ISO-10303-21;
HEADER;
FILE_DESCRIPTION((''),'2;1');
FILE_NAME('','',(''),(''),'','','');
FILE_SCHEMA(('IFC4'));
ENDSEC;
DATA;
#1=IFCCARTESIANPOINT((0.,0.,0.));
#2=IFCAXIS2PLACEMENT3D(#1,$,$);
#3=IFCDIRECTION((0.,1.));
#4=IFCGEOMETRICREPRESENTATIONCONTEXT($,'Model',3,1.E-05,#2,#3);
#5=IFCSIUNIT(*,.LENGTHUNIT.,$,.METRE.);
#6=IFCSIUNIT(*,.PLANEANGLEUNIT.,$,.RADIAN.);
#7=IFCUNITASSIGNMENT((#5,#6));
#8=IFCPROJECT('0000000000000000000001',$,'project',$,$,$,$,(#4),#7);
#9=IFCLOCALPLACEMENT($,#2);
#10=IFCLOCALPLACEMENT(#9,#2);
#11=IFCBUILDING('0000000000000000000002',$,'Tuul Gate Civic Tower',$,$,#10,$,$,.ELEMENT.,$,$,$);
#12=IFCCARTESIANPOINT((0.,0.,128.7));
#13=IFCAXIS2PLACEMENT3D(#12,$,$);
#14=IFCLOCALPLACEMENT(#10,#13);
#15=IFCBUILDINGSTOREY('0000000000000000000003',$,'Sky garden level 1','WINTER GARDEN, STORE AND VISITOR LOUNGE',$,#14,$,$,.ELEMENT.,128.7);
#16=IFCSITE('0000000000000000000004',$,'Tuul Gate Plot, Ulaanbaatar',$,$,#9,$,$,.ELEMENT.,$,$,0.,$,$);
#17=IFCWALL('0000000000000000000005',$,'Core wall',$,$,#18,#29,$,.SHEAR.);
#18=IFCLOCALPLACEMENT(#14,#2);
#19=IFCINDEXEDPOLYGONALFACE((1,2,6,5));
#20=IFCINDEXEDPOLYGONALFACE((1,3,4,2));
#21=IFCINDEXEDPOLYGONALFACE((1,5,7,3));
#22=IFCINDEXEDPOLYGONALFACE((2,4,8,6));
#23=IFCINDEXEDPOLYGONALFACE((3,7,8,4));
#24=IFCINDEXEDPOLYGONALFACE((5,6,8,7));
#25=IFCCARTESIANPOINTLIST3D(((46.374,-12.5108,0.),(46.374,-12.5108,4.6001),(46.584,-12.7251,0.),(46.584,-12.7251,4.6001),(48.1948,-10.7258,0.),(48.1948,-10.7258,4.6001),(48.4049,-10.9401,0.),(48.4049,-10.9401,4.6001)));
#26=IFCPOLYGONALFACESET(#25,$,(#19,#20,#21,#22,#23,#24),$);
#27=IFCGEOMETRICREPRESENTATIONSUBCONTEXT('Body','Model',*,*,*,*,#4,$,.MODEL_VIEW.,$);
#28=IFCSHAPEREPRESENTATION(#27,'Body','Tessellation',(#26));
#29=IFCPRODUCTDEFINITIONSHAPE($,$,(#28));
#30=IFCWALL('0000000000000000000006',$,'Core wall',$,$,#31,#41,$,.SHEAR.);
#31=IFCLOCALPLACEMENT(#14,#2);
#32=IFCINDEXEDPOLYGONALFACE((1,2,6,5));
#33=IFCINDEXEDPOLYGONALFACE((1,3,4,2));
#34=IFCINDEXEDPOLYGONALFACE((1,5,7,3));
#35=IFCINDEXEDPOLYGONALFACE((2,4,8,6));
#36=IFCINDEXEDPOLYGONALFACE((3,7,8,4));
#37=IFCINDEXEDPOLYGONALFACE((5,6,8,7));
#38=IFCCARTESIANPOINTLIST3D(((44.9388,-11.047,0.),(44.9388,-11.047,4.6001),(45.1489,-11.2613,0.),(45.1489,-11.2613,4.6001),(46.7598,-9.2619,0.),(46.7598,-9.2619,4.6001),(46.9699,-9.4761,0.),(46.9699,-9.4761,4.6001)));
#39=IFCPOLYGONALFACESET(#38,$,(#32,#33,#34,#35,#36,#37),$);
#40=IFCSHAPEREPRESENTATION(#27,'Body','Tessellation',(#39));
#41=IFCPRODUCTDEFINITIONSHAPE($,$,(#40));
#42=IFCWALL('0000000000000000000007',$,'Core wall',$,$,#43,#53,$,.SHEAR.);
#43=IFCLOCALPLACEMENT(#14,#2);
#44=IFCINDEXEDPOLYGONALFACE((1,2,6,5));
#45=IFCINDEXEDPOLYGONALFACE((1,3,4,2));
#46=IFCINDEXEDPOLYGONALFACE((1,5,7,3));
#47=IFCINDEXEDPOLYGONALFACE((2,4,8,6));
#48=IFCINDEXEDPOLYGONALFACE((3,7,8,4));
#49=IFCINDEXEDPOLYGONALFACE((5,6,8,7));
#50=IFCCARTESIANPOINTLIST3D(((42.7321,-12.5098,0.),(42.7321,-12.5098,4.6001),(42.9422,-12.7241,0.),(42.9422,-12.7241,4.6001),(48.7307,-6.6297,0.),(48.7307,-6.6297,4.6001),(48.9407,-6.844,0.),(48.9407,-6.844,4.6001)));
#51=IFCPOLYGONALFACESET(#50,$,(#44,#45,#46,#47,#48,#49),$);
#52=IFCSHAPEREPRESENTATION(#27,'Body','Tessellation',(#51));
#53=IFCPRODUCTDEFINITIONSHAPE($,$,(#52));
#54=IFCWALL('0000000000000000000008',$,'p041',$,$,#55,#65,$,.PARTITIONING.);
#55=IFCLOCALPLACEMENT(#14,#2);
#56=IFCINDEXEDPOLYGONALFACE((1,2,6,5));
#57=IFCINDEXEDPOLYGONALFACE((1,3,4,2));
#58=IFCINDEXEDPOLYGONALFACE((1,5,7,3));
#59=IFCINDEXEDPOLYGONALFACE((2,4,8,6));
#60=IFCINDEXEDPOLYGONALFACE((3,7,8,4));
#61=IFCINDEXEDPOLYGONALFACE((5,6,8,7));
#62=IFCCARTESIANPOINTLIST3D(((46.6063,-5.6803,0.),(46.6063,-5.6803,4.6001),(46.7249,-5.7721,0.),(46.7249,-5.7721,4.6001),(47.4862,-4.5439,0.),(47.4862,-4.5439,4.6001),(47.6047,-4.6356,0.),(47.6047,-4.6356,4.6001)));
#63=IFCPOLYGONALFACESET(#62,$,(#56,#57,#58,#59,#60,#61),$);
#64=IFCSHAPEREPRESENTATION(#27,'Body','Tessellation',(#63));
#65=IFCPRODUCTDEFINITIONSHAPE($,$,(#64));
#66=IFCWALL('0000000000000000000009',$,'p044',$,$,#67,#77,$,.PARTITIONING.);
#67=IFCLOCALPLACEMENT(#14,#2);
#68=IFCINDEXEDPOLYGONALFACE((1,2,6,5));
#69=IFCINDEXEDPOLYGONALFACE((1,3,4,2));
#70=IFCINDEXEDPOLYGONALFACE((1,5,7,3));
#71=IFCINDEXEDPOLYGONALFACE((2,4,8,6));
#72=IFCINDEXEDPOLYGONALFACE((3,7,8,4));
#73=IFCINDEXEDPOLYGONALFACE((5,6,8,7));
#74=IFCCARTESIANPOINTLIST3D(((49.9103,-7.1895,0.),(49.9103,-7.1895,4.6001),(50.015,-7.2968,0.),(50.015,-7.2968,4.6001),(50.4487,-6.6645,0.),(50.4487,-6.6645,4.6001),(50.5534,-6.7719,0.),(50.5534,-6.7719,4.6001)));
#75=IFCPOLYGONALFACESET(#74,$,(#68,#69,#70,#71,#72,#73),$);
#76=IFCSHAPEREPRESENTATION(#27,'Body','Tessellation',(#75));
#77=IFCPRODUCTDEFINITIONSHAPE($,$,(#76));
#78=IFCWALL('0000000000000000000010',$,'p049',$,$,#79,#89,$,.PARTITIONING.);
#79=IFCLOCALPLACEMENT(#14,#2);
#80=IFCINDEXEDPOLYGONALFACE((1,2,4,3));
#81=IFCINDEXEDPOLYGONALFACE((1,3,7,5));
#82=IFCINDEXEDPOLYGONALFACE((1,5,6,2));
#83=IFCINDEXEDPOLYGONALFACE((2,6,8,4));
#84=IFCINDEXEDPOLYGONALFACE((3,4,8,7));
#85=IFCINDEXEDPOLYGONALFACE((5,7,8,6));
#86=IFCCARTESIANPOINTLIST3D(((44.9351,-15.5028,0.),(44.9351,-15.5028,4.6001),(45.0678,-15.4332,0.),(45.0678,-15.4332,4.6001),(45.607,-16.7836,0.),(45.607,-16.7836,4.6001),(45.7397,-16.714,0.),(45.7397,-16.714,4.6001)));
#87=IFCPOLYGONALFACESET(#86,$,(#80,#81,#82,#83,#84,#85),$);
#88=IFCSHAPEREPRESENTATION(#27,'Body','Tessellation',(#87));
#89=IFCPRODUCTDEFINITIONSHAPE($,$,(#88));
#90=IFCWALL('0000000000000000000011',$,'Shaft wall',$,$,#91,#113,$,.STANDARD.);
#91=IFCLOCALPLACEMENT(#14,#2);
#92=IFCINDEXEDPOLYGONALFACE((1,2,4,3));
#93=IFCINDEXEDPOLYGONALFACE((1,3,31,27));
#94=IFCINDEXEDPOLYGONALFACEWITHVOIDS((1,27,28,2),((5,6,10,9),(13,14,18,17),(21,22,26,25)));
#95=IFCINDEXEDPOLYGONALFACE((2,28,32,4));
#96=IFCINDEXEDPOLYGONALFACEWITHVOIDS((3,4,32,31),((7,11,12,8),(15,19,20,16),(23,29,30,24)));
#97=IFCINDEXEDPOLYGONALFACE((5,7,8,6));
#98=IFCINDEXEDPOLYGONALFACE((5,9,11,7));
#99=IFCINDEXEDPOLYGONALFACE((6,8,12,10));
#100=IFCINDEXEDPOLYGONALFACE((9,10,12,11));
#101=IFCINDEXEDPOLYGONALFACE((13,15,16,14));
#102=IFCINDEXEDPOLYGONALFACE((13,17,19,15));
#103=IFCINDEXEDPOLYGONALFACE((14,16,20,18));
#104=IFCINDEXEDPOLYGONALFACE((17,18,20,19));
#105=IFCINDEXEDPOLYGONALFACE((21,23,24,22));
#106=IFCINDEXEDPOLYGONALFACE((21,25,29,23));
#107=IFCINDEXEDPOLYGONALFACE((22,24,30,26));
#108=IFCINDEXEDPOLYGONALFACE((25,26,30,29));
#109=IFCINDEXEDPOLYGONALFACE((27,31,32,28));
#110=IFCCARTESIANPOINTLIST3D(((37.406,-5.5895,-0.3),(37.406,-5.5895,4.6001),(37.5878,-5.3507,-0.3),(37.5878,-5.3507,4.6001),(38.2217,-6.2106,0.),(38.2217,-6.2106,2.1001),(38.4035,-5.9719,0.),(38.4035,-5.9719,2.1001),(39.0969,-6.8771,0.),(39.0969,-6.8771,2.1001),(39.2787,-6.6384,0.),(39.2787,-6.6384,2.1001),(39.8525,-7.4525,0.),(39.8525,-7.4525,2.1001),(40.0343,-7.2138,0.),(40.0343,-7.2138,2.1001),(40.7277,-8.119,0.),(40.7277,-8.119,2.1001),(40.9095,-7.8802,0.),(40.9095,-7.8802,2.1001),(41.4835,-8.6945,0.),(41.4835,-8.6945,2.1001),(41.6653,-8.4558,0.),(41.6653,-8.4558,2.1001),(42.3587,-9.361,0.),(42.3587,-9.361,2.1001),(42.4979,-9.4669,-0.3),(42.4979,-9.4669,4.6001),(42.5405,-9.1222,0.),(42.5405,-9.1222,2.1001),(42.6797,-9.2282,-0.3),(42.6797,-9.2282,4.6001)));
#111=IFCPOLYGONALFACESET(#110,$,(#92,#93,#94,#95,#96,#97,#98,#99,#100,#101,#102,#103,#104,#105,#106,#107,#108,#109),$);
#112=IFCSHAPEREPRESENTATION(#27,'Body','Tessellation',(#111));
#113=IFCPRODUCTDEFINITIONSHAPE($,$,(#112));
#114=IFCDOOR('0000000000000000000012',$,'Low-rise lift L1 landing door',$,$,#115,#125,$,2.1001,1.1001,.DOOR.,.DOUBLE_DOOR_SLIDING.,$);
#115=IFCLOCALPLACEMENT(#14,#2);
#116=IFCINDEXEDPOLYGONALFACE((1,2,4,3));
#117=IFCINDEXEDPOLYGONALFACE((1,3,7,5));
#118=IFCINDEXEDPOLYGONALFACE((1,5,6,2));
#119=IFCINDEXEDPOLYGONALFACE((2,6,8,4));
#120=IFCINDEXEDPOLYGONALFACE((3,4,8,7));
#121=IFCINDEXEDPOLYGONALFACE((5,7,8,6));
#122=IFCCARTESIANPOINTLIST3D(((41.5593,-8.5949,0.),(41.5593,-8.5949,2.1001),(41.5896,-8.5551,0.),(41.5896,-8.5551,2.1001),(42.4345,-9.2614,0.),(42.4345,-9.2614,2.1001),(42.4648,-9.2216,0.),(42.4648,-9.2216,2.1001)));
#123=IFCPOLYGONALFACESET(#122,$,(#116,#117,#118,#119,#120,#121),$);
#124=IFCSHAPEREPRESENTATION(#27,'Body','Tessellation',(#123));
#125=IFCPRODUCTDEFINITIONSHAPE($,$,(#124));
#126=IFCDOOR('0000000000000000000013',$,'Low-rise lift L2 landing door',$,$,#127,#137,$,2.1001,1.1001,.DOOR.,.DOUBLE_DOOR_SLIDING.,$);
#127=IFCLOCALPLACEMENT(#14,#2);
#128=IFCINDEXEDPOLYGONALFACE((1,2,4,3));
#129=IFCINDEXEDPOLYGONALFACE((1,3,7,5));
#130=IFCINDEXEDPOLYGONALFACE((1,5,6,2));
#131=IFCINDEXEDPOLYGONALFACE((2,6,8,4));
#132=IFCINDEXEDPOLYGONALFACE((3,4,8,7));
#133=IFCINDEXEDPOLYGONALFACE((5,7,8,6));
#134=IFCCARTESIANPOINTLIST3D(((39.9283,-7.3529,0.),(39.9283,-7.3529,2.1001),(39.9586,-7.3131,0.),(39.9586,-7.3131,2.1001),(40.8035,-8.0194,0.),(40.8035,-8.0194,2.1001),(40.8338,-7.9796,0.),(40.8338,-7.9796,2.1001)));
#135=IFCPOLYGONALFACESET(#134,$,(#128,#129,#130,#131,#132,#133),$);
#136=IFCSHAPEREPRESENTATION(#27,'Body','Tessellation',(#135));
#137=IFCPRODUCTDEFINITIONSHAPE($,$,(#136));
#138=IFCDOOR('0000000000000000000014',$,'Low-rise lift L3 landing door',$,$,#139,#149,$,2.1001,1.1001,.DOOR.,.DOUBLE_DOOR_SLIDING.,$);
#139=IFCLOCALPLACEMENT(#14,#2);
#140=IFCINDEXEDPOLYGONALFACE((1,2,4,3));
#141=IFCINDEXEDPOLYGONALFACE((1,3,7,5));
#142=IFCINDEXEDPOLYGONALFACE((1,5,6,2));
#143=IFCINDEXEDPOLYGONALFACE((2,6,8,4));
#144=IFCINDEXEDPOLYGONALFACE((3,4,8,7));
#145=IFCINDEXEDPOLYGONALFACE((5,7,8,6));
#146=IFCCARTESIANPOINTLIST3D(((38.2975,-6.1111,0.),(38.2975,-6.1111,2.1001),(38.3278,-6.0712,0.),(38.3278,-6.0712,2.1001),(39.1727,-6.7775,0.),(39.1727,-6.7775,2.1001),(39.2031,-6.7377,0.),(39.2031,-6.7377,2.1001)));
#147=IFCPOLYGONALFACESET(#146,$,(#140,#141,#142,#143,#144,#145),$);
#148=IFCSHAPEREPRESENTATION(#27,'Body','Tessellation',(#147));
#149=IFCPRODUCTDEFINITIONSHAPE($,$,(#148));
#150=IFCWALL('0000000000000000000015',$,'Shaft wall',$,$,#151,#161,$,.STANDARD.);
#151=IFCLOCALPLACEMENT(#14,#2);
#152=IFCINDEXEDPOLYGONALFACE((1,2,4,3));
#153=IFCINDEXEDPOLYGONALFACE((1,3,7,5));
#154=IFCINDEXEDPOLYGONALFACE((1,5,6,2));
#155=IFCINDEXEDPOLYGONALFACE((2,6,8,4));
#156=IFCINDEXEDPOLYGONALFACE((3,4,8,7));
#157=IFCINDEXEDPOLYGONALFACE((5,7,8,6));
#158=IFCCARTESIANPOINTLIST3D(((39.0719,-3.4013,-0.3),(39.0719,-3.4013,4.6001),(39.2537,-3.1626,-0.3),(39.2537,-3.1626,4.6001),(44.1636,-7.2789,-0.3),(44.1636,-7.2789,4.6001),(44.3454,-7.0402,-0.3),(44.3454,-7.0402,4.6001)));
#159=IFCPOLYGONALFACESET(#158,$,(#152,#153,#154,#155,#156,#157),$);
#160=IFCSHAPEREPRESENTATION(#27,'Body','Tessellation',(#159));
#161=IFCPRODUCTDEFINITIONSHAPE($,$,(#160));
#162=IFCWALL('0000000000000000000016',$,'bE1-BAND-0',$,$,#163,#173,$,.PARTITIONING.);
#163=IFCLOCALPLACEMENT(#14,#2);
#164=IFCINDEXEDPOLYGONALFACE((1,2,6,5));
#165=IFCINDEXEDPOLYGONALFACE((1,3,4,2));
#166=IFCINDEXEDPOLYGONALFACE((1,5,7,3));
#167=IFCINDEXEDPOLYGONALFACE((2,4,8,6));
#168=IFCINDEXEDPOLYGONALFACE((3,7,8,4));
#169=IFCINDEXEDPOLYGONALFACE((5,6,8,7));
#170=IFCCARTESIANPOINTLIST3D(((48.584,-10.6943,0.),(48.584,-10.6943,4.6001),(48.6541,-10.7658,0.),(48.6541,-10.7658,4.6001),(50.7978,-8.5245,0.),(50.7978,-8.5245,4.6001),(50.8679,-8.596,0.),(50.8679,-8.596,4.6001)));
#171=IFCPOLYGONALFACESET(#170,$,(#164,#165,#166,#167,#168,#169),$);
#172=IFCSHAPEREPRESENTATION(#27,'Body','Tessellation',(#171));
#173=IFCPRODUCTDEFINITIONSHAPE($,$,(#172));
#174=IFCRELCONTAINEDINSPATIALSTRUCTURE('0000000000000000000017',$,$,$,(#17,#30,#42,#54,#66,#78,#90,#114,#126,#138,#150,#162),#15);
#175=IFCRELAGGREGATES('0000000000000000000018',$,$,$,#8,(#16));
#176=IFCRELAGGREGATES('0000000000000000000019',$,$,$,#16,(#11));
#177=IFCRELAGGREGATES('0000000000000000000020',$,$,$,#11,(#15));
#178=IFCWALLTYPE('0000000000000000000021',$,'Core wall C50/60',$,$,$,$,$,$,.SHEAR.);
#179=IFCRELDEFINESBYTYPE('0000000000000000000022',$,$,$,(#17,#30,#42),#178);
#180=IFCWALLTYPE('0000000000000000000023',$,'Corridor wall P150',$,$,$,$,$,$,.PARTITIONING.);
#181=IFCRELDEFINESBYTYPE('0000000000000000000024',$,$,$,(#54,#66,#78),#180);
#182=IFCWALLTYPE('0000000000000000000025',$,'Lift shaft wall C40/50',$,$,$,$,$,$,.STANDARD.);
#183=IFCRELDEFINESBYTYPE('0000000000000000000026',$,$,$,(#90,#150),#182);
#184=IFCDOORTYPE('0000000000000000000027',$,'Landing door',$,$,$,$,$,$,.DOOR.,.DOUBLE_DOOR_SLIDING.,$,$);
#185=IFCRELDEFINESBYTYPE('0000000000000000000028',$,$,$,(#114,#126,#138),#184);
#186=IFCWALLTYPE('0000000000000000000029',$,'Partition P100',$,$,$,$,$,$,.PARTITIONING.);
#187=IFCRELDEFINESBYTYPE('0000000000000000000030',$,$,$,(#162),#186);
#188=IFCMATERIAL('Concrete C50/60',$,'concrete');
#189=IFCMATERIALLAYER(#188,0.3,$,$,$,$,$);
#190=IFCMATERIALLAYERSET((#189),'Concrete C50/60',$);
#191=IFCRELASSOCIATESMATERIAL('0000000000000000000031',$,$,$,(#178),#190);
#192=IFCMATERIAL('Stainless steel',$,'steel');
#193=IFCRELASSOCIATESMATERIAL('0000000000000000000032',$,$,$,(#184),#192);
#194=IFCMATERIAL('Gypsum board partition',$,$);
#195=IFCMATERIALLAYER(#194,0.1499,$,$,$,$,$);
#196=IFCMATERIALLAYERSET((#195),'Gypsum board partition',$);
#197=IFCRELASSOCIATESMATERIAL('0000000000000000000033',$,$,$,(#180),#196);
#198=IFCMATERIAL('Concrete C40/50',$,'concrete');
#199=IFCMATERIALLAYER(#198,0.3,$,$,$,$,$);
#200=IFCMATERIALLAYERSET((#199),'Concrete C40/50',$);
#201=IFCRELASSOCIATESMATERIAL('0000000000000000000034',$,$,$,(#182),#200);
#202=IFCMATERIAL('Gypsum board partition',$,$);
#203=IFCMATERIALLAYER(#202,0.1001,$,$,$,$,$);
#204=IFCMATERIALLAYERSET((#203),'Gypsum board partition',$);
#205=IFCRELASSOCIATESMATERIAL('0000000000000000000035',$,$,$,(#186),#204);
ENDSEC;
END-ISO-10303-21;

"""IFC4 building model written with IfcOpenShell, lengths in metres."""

from ifc_helpers import new_model, si_unit, direction, frame, frame_2d, origin, place, context, subcontext, project, spatial, rectangle, extrude, material, layer, layer_set, type_object, element, fill, save


model = new_model("IFC4")

# Units and contexts
model_context = context("Model", 3, precision=1e-05, world=origin(), true_north=direction((0.0, 1.0)))
body_context = subcontext(model_context, "Body", "Model", "MODEL_VIEW")
ifc_project = project(units=[si_unit("LENGTHUNIT", "METRE"), si_unit("PLANEANGLEUNIT", "RADIAN")], contexts=[model_context])

# Site, building, storey
site_placement = place(None, origin())
site = spatial("IfcSite", under=ifc_project, at=site_placement, Name="Tuul Gate Plot, Ulaanbaatar", CompositionType="ELEMENT", RefElevation=0.0)
building_placement = place(site_placement, origin())
building = spatial("IfcBuilding", under=site, at=building_placement, Name="Tuul Gate Civic Tower", CompositionType="ELEMENT")
storey_placement = place(building_placement, frame((0.0, 0.0, 128.7)))
storey = spatial("IfcBuildingStorey", under=building, at=storey_placement, Name="Sky garden level 1", Description="WINTER GARDEN, STORE AND VISITOR LOUNGE", CompositionType="ELEMENT", Elevation=128.7)

# Shared definitions
ifc_material_1 = material(Name="Concrete C50/60", Category="concrete")
ifc_layer_1 = layer(ifc_material_1, 0.3)
ifc_layer_set_1 = layer_set([ifc_layer_1], Name="Concrete C50/60")
wall_type_1 = type_object("IfcWallType", Name="Core wall C50/60", PredefinedType="SHEAR", material=ifc_layer_set_1)
ifc_material_2 = material(Name="Stainless steel", Category="steel")
door_type_1 = type_object("IfcDoorType", Name="Landing door", OperationType="DOUBLE_DOOR_SLIDING", PredefinedType="DOOR", material=ifc_material_2)

# Walls
wall_1_placement = place(storey_placement, frame((46.479, -12.6179, 0.0), z_axis=(0.0, 0.0, 1.0), x_axis=(0.714109, 0.700034, 0.0)))
element("IfcWall", 1, at=wall_1_placement, inside=storey, type_object=wall_type_1, Name="Core wall", PredefinedType="SHEAR", context=body_context, shape_type="SweptSolid", body=[
    extrude(rectangle(XDim=2.5498, YDim=0.3, at=frame_2d((1.2749, 0.0))), origin(), (0.0, 0.0, 1.0), 4.6001),
])
wall_2_placement = place(storey_placement, frame((45.0439, -11.1541, 0.0), z_axis=(0.0, 0.0, 1.0), x_axis=(0.714108, 0.700035, 0.0)))
element("IfcWall", 2, at=wall_2_placement, inside=storey, type_object=wall_type_1, Name="Core wall", PredefinedType="SHEAR", context=body_context, shape_type="SweptSolid", body=[
    extrude(rectangle(XDim=2.55, YDim=0.3, at=frame_2d((1.2749, 0.0))), origin(), (0.0, 0.0, 1.0), 4.6001),
])
wall_3_placement = place(storey_placement, frame((42.8372, -12.6169, 0.0), z_axis=(0.0, 0.0, 1.0), x_axis=(0.71412, 0.700023, 0.0)))
element("IfcWall", 3, at=wall_3_placement, inside=storey, type_object=wall_type_1, Name="Core wall", PredefinedType="SHEAR", context=body_context, shape_type="SweptSolid", body=[
    extrude(rectangle(XDim=8.3999, YDim=0.3, at=frame_2d((4.2, 0.0))), origin(), (0.0, 0.0, 1.0), 4.6001),
])
ifc_material_3 = material(Name="Gypsum board partition")
ifc_layer_2 = layer(ifc_material_3, 0.1499)
ifc_layer_set_2 = layer_set([ifc_layer_2], Name="Gypsum board partition")
wall_type_2 = type_object("IfcWallType", Name="Corridor wall P150", PredefinedType="PARTITIONING", material=ifc_layer_set_2)
wall_4_placement = place(storey_placement, frame((46.6655, -5.7263, 0.0), z_axis=(0.0, 0.0, 1.0), x_axis=(0.612187, 0.790713, 0.0)))
element("IfcWall", 4, at=wall_4_placement, inside=storey, type_object=wall_type_2, Name="p041", PredefinedType="PARTITIONING", context=body_context, shape_type="SweptSolid", body=[
    extrude(rectangle(XDim=1.4373, YDim=0.1499, at=frame_2d((0.7188, 0.0))), origin(), (0.0, 0.0, 1.0), 4.6001),
])
wall_5_placement = place(storey_placement, frame((49.9626, -7.2432, 0.0), z_axis=(0.0, 0.0, 1.0), x_axis=(0.71598, 0.698121, 0.0)))
element("IfcWall", 5, at=wall_5_placement, inside=storey, type_object=wall_type_2, Name="p044", PredefinedType="PARTITIONING", context=body_context, shape_type="SweptSolid", body=[
    extrude(rectangle(XDim=0.752, YDim=0.1499, at=frame_2d((0.376, 0.0))), origin(), (0.0, 0.0, 1.0), 4.6001),
])
wall_6_placement = place(storey_placement, frame((45.0015, -15.468, 0.0), z_axis=(0.0, 0.0, 1.0), x_axis=(0.464549, -0.885547, 0.0)))
element("IfcWall", 6, at=wall_6_placement, inside=storey, type_object=wall_type_2, Name="p049", PredefinedType="PARTITIONING", context=body_context, shape_type="SweptSolid", body=[
    extrude(rectangle(XDim=1.4463, YDim=0.1499, at=frame_2d((0.7231, 0.0))), origin(), (0.0, 0.0, 1.0), 4.6001),
])

# Wall, openings, doors
ifc_material_4 = material(Name="Concrete C40/50", Category="concrete")
ifc_layer_3 = layer(ifc_material_4, 0.3)
ifc_layer_set_3 = layer_set([ifc_layer_3], Name="Concrete C40/50")
wall_type_3 = type_object("IfcWallType", Name="Lift shaft wall C40/50", PredefinedType="STANDARD", material=ifc_layer_set_3)
wall_7_placement = place(storey_placement, frame((42.5889, -9.3477, -0.3), z_axis=(0.0, 0.0, 1.0), x_axis=(-0.795584, 0.605843, 0.0)))
wall_7 = element("IfcWall", 7, at=wall_7_placement, inside=storey, type_object=wall_type_3, Name="Shaft wall", PredefinedType="STANDARD", context=body_context, shape_type="SweptSolid", body=[
    extrude(rectangle(XDim=6.4001, YDim=0.3, at=frame_2d((3.2002, 0.0))), origin(), (0.0, 0.0, 1.0), 4.9001),
])
opening_1_placement = place(wall_7_placement, frame((0.175, 0.0, 0.3)))
opening_1 = element("IfcOpeningElement", 8, at=opening_1_placement, cuts=wall_7, PredefinedType="OPENING", context=body_context, shape_type="SweptSolid", body=[
    extrude(rectangle(XDim=1.1001, YDim=2.1001, at=frame_2d((0.55, 1.05))), frame((0.0, 0.1602, 0.0), z_axis=(0.0, -1.0, 0.0), x_axis=(1.0, 0.0, 0.0)), (0.0, 0.0, 1.0), 0.3201),
])
opening_2_placement = place(wall_7_placement, frame((2.2251, 0.0, 0.3)))
opening_2 = element("IfcOpeningElement", 9, at=opening_2_placement, cuts=wall_7, PredefinedType="OPENING", context=body_context, shape_type="SweptSolid", body=[
    extrude(rectangle(XDim=1.1001, YDim=2.1001, at=frame_2d((0.55, 1.05))), frame((0.0, 0.1602, 0.0), z_axis=(0.0, -1.0, 0.0), x_axis=(1.0, 0.0, 0.0)), (0.0, 0.0, 1.0), 0.3201),
])
opening_3_placement = place(wall_7_placement, frame((4.2749, 0.0, 0.3)))
opening_3 = element("IfcOpeningElement", 10, at=opening_3_placement, cuts=wall_7, PredefinedType="OPENING", context=body_context, shape_type="SweptSolid", body=[
    extrude(rectangle(XDim=1.1001, YDim=2.1001, at=frame_2d((0.55, 1.05))), frame((0.0, 0.1602, 0.0), z_axis=(0.0, -1.0, 0.0), x_axis=(1.0, 0.0, 0.0)), (0.0, 0.0, 1.0), 0.3201),
])
door_1_placement = place(opening_1_placement, origin())
door_1 = element("IfcDoor", 11, at=door_1_placement, inside=storey, type_object=door_type_1, Name="Low-rise lift L1 landing door", OperationType="DOUBLE_DOOR_SLIDING", OverallHeight=2.1001, OverallWidth=1.1001, PredefinedType="DOOR", context=body_context, shape_type="SweptSolid", body=[
    extrude(rectangle(XDim=1.1001, YDim=2.1001, at=frame_2d((0.55, 1.05))), frame((0.0, 0.0249, 0.0), z_axis=(0.0, -1.0, 0.0), x_axis=(1.0, 0.0, 0.0)), (0.0, 0.0, 1.0), 0.05),
])
fill(opening_1, door_1)
door_2_placement = place(opening_2_placement, origin())
door_2 = element("IfcDoor", 12, at=door_2_placement, inside=storey, type_object=door_type_1, Name="Low-rise lift L2 landing door", OperationType="DOUBLE_DOOR_SLIDING", OverallHeight=2.1001, OverallWidth=1.1001, PredefinedType="DOOR", context=body_context, shape_type="SweptSolid", body=[
    extrude(rectangle(XDim=1.1001, YDim=2.1001, at=frame_2d((0.55, 1.05))), frame((0.0, 0.0249, 0.0), z_axis=(0.0, -1.0, 0.0), x_axis=(1.0, 0.0, 0.0)), (0.0, 0.0, 1.0), 0.05),
])
fill(opening_2, door_2)
door_3_placement = place(opening_3_placement, origin())
door_3 = element("IfcDoor", 13, at=door_3_placement, inside=storey, type_object=door_type_1, Name="Low-rise lift L3 landing door", OperationType="DOUBLE_DOOR_SLIDING", OverallHeight=2.1001, OverallWidth=1.1001, PredefinedType="DOOR", context=body_context, shape_type="SweptSolid", body=[
    extrude(rectangle(XDim=1.1001, YDim=2.1001, at=frame_2d((0.55, 1.05))), frame((0.0, 0.0249, 0.0), z_axis=(0.0, -1.0, 0.0), x_axis=(1.0, 0.0, 0.0)), (0.0, 0.0, 1.0), 0.05),
])
fill(opening_3, door_3)

# Walls
wall_8_placement = place(storey_placement, frame((44.2546, -7.1597, -0.3), z_axis=(0.0, 0.0, 1.0), x_axis=(-0.795566, 0.605867, 0.0)))
element("IfcWall", 14, at=wall_8_placement, inside=storey, type_object=wall_type_3, Name="Shaft wall", PredefinedType="STANDARD", context=body_context, shape_type="SweptSolid", body=[
    extrude(rectangle(XDim=6.4001, YDim=0.3, at=frame_2d((3.2002, 0.0))), origin(), (0.0, 0.0, 1.0), 4.9001),
])
ifc_material_5 = material(Name="Gypsum board partition")
ifc_layer_4 = layer(ifc_material_5, 0.1001)
ifc_layer_set_4 = layer_set([ifc_layer_4], Name="Gypsum board partition")
wall_type_4 = type_object("IfcWallType", Name="Partition P100", PredefinedType="PARTITIONING", material=ifc_layer_set_4)
wall_9_placement = place(storey_placement, frame((48.6191, -10.73, 0.0), z_axis=(0.0, 0.0, 1.0), x_axis=(0.714159, 0.699983, 0.0)))
element("IfcWall", 15, at=wall_9_placement, inside=storey, type_object=wall_type_4, Name="bE1-BAND-0", PredefinedType="PARTITIONING", context=body_context, shape_type="SweptSolid", body=[
    extrude(rectangle(XDim=3.0999, YDim=0.1001, at=frame_2d((1.5498, 0.0))), origin(), (0.0, 0.0, 1.0), 4.6001),
])

save(model, "model.ifc")
